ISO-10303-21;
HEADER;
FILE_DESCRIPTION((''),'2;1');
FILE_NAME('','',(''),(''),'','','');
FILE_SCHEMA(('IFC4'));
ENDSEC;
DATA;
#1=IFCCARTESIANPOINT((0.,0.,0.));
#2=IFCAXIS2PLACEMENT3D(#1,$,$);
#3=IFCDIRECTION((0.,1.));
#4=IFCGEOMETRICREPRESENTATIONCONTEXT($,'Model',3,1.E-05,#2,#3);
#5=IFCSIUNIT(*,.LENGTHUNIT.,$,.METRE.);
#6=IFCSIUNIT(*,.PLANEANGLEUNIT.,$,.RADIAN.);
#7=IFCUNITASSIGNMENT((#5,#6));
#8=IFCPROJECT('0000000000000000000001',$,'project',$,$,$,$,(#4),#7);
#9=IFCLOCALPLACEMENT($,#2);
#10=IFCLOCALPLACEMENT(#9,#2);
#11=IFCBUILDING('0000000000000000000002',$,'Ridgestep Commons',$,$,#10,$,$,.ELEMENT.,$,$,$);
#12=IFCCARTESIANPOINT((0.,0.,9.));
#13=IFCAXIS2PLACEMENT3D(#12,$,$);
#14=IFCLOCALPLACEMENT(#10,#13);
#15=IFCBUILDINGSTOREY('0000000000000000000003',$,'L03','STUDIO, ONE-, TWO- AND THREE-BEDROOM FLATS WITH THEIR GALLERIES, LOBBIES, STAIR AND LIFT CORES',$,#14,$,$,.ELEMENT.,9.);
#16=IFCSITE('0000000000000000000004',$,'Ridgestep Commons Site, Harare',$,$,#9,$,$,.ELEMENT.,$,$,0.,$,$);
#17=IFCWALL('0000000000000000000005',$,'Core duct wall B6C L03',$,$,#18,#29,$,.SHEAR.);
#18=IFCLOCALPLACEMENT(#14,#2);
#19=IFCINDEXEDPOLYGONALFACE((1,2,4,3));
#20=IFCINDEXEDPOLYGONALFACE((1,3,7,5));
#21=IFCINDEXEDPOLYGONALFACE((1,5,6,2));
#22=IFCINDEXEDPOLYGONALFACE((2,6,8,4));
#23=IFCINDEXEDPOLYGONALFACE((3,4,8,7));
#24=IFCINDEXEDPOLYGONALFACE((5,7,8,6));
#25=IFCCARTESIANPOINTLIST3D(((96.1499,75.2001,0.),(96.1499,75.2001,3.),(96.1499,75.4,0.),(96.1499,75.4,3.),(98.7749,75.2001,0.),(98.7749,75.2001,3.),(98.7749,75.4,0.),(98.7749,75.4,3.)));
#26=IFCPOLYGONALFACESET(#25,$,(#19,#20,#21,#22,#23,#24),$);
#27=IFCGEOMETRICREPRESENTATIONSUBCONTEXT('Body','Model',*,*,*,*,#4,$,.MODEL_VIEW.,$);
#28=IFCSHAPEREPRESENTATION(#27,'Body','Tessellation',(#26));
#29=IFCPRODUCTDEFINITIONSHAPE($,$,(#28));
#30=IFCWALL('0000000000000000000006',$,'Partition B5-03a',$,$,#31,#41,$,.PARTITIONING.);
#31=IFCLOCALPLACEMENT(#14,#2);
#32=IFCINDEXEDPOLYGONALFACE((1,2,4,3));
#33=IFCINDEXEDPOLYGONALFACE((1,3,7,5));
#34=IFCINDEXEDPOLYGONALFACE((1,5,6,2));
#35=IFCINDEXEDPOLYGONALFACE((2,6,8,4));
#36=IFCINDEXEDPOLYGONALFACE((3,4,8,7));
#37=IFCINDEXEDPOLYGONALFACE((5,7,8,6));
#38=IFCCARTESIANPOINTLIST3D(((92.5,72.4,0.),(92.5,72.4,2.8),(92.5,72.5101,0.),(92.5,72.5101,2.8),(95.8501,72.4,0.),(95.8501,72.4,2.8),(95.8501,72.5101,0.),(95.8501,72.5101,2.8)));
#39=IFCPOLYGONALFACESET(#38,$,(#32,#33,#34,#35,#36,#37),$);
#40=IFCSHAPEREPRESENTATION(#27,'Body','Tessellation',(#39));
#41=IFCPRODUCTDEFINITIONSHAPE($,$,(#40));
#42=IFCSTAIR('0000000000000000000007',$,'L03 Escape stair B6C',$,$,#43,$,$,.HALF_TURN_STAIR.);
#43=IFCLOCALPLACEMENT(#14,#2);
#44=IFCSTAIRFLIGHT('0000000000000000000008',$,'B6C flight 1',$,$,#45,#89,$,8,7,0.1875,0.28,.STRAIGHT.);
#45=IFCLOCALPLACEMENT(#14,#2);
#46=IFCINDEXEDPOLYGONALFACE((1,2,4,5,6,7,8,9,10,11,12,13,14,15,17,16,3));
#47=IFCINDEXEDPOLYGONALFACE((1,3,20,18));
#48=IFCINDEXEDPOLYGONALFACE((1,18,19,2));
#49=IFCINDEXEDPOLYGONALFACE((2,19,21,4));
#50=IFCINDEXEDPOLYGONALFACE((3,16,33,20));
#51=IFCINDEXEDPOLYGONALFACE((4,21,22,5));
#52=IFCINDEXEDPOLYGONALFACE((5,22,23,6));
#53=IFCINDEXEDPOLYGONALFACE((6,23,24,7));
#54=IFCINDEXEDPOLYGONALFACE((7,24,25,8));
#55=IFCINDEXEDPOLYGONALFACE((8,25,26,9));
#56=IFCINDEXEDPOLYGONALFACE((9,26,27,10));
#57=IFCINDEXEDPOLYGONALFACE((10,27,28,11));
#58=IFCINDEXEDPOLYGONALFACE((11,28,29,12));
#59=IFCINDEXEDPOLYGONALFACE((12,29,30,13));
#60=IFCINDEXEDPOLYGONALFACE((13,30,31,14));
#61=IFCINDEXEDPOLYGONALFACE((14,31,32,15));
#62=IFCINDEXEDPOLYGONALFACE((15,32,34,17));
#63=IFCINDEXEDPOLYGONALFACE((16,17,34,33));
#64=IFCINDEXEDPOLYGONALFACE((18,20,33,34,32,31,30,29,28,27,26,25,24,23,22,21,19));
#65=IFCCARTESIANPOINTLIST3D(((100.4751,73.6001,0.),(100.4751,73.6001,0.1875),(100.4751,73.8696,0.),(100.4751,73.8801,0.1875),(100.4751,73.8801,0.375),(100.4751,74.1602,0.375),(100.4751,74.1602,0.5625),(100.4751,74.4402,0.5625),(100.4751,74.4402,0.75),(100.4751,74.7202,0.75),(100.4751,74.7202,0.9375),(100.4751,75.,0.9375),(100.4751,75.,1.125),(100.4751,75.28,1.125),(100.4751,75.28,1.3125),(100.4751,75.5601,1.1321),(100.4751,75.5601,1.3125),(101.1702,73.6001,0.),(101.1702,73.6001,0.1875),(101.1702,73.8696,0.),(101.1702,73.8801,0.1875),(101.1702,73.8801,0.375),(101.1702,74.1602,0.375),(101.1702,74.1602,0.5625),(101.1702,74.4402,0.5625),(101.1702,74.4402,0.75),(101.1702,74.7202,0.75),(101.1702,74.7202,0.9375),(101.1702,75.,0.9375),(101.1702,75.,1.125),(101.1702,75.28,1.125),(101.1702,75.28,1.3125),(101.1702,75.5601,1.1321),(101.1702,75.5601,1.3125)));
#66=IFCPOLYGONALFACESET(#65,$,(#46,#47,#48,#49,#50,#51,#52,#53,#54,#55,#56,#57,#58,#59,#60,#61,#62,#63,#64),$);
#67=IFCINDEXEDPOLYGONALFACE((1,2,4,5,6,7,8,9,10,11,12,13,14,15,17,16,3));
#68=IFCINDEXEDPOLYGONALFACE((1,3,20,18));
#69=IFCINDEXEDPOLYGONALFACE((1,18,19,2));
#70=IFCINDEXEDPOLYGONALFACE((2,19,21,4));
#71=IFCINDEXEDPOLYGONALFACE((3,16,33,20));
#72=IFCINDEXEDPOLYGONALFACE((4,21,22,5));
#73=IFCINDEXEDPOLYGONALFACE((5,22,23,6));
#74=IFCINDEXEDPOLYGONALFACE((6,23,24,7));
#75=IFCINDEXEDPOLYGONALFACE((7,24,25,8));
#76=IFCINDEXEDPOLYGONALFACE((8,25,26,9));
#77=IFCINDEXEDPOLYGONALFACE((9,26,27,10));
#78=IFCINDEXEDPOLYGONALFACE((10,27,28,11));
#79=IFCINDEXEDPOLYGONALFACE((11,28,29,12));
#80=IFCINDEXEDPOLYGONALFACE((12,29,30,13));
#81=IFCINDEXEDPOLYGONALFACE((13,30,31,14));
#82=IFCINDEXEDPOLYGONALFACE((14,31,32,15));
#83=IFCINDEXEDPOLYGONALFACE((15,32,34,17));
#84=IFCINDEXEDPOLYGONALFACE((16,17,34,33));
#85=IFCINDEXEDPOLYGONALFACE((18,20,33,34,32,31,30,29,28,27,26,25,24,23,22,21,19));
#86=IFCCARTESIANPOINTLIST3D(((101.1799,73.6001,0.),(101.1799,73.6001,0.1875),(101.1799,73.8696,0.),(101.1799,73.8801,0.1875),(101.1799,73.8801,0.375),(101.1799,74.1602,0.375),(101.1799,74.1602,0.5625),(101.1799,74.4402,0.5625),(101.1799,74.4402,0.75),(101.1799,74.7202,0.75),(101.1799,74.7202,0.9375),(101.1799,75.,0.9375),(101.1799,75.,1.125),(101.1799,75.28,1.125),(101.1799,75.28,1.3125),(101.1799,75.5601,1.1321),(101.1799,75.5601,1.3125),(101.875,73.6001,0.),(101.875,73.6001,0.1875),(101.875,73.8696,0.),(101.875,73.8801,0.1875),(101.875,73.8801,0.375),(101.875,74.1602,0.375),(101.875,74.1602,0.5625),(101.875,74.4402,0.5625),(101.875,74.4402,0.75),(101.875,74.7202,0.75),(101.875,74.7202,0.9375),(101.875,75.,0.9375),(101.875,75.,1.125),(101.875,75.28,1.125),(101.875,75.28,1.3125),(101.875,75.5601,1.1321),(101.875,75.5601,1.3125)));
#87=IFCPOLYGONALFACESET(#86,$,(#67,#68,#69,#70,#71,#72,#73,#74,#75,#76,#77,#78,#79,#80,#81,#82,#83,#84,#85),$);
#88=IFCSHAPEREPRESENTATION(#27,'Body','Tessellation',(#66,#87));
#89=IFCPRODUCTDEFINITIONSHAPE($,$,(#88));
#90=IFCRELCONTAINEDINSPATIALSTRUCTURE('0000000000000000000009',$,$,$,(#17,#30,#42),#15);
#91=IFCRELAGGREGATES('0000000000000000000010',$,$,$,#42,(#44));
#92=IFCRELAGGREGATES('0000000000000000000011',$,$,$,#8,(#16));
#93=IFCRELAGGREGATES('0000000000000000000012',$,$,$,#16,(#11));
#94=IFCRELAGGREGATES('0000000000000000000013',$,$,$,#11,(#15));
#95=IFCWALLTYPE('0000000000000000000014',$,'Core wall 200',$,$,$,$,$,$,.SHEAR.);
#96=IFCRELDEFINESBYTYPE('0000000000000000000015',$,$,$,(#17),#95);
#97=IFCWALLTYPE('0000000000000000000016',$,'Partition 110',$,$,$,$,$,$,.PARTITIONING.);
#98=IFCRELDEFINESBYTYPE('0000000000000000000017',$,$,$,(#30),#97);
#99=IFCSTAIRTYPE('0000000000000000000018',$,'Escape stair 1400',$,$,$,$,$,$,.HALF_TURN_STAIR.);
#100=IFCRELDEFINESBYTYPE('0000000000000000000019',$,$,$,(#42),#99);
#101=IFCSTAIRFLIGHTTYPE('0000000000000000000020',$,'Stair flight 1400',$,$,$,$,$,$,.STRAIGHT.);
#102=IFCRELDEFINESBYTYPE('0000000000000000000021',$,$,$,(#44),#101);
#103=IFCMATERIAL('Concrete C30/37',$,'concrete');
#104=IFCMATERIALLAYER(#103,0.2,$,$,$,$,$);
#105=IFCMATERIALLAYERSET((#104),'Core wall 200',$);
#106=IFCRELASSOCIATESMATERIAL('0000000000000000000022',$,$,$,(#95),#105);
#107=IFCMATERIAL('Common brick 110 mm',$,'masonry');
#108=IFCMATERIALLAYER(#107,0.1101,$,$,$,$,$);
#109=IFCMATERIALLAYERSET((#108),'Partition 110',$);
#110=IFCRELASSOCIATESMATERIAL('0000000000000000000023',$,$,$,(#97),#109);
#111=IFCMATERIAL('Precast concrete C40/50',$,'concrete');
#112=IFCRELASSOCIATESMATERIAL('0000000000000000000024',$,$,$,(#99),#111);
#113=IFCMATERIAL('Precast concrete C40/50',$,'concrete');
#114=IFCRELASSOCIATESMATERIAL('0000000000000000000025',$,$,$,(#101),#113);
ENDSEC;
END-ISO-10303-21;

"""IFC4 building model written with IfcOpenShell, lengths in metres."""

from ifc_helpers import new_model, si_unit, direction, frame, frame_2d, origin, place, context, subcontext, project, spatial, polyline, rectangle, outline, extrude, material, layer, layer_set, type_object, element, aggregate, save


model = new_model("IFC4")

# Units and contexts
model_context = context("Model", 3, precision=1e-05, world=origin(), true_north=direction((0.0, 1.0)))
body_context = subcontext(model_context, "Body", "Model", "MODEL_VIEW")
ifc_project = project(units=[si_unit("LENGTHUNIT", "METRE"), si_unit("PLANEANGLEUNIT", "RADIAN")], contexts=[model_context])

# Site, building, storey
site_placement = place(None, origin())
site = spatial("IfcSite", under=ifc_project, at=site_placement, Name="Ridgestep Commons Site, Harare", CompositionType="ELEMENT", RefElevation=0.0)
building_placement = place(site_placement, origin())
building = spatial("IfcBuilding", under=site, at=building_placement, Name="Ridgestep Commons", CompositionType="ELEMENT")
storey_placement = place(building_placement, frame((0.0, 0.0, 9.0)))
storey = spatial("IfcBuildingStorey", under=building, at=storey_placement, Name="L03", Description="STUDIO, ONE-, TWO- AND THREE-BEDROOM FLATS WITH THEIR GALLERIES, LOBBIES, STAIR AND LIFT CORES", CompositionType="ELEMENT", Elevation=9.0)

# Shared definitions
ifc_material_1 = material(Name="Concrete C30/37", Category="concrete")
ifc_layer_1 = layer(ifc_material_1, 0.2)
ifc_layer_set_1 = layer_set([ifc_layer_1], Name="Core wall 200")
wall_type_1 = type_object("IfcWallType", Name="Core wall 200", PredefinedType="SHEAR", material=ifc_layer_set_1)

# Walls
wall_1_placement = place(storey_placement, frame((96.1499, 75.3, 0.0), z_axis=(0.0, 0.0, 1.0), x_axis=(1.0, 0.0, 0.0)))
element("IfcWall", 1, at=wall_1_placement, inside=storey, type_object=wall_type_1, Name="Core duct wall B6C L03", PredefinedType="SHEAR", context=body_context, shape_type="SweptSolid", body=[
    extrude(rectangle(XDim=2.625, YDim=0.2, at=frame_2d((1.3125, 0.0))), origin(), (0.0, 0.0, 1.0), 3.0),
])
ifc_material_2 = material(Name="Common brick 110 mm", Category="masonry")
ifc_layer_2 = layer(ifc_material_2, 0.1101)
ifc_layer_set_2 = layer_set([ifc_layer_2], Name="Partition 110")
wall_type_2 = type_object("IfcWallType", Name="Partition 110", PredefinedType="PARTITIONING", material=ifc_layer_set_2)
wall_2_placement = place(storey_placement, frame((92.5, 72.4551, 0.0), z_axis=(0.0, 0.0, 1.0), x_axis=(1.0, 0.0, 0.0)))
element("IfcWall", 2, at=wall_2_placement, inside=storey, type_object=wall_type_2, Name="Partition B5-03a", PredefinedType="PARTITIONING", context=body_context, shape_type="SweptSolid", body=[
    extrude(rectangle(XDim=3.3501, YDim=0.1101, at=frame_2d((1.675, 0.0))), origin(), (0.0, 0.0, 1.0), 2.8),
])

# Stair, stair flight
ifc_material_3 = material(Name="Precast concrete C40/50", Category="concrete")
stair_type = type_object("IfcStairType", Name="Escape stair 1400", PredefinedType="HALF_TURN_STAIR", material=ifc_material_3)
stair_placement = place(storey_placement, origin())
stair = element("IfcStair", 3, at=stair_placement, inside=storey, type_object=stair_type, Name="L03 Escape stair B6C", PredefinedType="HALF_TURN_STAIR")
ifc_material_4 = material(Name="Precast concrete C40/50", Category="concrete")
stair_flight_type = type_object("IfcStairFlightType", Name="Stair flight 1400", PredefinedType="STRAIGHT", material=ifc_material_4)
stair_flight_placement = place(storey_placement, frame((101.175, 73.6001, 0.0), z_axis=(0.0, 0.0, 1.0), x_axis=(0.0, 1.0, 0.0)))
stair_flight = element("IfcStairFlight", 4, at=stair_flight_placement, type_object=stair_flight_type, Name="B6C flight 1", NumberOfRisers=8, NumberOfTreads=7, PredefinedType="STRAIGHT", RiserHeight=0.1875, TreadLength=0.28, context=body_context, shape_type="SweptSolid", body=[
    extrude(outline(polyline([(0.0, 0.0), (0.0, 0.1875), (0.28, 0.1875), (0.28, 0.375), (0.5601, 0.375), (0.5601, 0.5625), (0.8401, 0.5625), (0.8401, 0.75), (1.1201, 0.75), (1.1201, 0.9375), (1.3999, 0.9375), (1.3999, 1.125), (1.6799, 1.125), (1.6799, 1.3125), (1.96, 1.3125), (1.96, 1.5), (1.96, 1.1321), (0.2695, 0.0), (0.0, 0.0)])), frame((0.0, 0.7, 0.0), z_axis=(0.0, -1.0, 0.0), x_axis=(1.0, 0.0, 0.0)), (0.0, 0.0, 1.0), 0.6951),
    extrude(outline(polyline([(0.0, 0.0), (0.0, 0.1875), (0.28, 0.1875), (0.28, 0.375), (0.5601, 0.375), (0.5601, 0.5625), (0.8401, 0.5625), (0.8401, 0.75), (1.1201, 0.75), (1.1201, 0.9375), (1.3999, 0.9375), (1.3999, 1.125), (1.6799, 1.125), (1.6799, 1.3125), (1.96, 1.3125), (1.96, 1.5), (1.96, 1.1321), (0.2695, 0.0), (0.0, 0.0)])), frame((0.0, -0.0049, 0.0), z_axis=(0.0, -1.0, 0.0), x_axis=(1.0, 0.0, 0.0)), (0.0, 0.0, 1.0), 0.6951),
])
aggregate(stair, [stair_flight])

save(model, "model.ifc")
